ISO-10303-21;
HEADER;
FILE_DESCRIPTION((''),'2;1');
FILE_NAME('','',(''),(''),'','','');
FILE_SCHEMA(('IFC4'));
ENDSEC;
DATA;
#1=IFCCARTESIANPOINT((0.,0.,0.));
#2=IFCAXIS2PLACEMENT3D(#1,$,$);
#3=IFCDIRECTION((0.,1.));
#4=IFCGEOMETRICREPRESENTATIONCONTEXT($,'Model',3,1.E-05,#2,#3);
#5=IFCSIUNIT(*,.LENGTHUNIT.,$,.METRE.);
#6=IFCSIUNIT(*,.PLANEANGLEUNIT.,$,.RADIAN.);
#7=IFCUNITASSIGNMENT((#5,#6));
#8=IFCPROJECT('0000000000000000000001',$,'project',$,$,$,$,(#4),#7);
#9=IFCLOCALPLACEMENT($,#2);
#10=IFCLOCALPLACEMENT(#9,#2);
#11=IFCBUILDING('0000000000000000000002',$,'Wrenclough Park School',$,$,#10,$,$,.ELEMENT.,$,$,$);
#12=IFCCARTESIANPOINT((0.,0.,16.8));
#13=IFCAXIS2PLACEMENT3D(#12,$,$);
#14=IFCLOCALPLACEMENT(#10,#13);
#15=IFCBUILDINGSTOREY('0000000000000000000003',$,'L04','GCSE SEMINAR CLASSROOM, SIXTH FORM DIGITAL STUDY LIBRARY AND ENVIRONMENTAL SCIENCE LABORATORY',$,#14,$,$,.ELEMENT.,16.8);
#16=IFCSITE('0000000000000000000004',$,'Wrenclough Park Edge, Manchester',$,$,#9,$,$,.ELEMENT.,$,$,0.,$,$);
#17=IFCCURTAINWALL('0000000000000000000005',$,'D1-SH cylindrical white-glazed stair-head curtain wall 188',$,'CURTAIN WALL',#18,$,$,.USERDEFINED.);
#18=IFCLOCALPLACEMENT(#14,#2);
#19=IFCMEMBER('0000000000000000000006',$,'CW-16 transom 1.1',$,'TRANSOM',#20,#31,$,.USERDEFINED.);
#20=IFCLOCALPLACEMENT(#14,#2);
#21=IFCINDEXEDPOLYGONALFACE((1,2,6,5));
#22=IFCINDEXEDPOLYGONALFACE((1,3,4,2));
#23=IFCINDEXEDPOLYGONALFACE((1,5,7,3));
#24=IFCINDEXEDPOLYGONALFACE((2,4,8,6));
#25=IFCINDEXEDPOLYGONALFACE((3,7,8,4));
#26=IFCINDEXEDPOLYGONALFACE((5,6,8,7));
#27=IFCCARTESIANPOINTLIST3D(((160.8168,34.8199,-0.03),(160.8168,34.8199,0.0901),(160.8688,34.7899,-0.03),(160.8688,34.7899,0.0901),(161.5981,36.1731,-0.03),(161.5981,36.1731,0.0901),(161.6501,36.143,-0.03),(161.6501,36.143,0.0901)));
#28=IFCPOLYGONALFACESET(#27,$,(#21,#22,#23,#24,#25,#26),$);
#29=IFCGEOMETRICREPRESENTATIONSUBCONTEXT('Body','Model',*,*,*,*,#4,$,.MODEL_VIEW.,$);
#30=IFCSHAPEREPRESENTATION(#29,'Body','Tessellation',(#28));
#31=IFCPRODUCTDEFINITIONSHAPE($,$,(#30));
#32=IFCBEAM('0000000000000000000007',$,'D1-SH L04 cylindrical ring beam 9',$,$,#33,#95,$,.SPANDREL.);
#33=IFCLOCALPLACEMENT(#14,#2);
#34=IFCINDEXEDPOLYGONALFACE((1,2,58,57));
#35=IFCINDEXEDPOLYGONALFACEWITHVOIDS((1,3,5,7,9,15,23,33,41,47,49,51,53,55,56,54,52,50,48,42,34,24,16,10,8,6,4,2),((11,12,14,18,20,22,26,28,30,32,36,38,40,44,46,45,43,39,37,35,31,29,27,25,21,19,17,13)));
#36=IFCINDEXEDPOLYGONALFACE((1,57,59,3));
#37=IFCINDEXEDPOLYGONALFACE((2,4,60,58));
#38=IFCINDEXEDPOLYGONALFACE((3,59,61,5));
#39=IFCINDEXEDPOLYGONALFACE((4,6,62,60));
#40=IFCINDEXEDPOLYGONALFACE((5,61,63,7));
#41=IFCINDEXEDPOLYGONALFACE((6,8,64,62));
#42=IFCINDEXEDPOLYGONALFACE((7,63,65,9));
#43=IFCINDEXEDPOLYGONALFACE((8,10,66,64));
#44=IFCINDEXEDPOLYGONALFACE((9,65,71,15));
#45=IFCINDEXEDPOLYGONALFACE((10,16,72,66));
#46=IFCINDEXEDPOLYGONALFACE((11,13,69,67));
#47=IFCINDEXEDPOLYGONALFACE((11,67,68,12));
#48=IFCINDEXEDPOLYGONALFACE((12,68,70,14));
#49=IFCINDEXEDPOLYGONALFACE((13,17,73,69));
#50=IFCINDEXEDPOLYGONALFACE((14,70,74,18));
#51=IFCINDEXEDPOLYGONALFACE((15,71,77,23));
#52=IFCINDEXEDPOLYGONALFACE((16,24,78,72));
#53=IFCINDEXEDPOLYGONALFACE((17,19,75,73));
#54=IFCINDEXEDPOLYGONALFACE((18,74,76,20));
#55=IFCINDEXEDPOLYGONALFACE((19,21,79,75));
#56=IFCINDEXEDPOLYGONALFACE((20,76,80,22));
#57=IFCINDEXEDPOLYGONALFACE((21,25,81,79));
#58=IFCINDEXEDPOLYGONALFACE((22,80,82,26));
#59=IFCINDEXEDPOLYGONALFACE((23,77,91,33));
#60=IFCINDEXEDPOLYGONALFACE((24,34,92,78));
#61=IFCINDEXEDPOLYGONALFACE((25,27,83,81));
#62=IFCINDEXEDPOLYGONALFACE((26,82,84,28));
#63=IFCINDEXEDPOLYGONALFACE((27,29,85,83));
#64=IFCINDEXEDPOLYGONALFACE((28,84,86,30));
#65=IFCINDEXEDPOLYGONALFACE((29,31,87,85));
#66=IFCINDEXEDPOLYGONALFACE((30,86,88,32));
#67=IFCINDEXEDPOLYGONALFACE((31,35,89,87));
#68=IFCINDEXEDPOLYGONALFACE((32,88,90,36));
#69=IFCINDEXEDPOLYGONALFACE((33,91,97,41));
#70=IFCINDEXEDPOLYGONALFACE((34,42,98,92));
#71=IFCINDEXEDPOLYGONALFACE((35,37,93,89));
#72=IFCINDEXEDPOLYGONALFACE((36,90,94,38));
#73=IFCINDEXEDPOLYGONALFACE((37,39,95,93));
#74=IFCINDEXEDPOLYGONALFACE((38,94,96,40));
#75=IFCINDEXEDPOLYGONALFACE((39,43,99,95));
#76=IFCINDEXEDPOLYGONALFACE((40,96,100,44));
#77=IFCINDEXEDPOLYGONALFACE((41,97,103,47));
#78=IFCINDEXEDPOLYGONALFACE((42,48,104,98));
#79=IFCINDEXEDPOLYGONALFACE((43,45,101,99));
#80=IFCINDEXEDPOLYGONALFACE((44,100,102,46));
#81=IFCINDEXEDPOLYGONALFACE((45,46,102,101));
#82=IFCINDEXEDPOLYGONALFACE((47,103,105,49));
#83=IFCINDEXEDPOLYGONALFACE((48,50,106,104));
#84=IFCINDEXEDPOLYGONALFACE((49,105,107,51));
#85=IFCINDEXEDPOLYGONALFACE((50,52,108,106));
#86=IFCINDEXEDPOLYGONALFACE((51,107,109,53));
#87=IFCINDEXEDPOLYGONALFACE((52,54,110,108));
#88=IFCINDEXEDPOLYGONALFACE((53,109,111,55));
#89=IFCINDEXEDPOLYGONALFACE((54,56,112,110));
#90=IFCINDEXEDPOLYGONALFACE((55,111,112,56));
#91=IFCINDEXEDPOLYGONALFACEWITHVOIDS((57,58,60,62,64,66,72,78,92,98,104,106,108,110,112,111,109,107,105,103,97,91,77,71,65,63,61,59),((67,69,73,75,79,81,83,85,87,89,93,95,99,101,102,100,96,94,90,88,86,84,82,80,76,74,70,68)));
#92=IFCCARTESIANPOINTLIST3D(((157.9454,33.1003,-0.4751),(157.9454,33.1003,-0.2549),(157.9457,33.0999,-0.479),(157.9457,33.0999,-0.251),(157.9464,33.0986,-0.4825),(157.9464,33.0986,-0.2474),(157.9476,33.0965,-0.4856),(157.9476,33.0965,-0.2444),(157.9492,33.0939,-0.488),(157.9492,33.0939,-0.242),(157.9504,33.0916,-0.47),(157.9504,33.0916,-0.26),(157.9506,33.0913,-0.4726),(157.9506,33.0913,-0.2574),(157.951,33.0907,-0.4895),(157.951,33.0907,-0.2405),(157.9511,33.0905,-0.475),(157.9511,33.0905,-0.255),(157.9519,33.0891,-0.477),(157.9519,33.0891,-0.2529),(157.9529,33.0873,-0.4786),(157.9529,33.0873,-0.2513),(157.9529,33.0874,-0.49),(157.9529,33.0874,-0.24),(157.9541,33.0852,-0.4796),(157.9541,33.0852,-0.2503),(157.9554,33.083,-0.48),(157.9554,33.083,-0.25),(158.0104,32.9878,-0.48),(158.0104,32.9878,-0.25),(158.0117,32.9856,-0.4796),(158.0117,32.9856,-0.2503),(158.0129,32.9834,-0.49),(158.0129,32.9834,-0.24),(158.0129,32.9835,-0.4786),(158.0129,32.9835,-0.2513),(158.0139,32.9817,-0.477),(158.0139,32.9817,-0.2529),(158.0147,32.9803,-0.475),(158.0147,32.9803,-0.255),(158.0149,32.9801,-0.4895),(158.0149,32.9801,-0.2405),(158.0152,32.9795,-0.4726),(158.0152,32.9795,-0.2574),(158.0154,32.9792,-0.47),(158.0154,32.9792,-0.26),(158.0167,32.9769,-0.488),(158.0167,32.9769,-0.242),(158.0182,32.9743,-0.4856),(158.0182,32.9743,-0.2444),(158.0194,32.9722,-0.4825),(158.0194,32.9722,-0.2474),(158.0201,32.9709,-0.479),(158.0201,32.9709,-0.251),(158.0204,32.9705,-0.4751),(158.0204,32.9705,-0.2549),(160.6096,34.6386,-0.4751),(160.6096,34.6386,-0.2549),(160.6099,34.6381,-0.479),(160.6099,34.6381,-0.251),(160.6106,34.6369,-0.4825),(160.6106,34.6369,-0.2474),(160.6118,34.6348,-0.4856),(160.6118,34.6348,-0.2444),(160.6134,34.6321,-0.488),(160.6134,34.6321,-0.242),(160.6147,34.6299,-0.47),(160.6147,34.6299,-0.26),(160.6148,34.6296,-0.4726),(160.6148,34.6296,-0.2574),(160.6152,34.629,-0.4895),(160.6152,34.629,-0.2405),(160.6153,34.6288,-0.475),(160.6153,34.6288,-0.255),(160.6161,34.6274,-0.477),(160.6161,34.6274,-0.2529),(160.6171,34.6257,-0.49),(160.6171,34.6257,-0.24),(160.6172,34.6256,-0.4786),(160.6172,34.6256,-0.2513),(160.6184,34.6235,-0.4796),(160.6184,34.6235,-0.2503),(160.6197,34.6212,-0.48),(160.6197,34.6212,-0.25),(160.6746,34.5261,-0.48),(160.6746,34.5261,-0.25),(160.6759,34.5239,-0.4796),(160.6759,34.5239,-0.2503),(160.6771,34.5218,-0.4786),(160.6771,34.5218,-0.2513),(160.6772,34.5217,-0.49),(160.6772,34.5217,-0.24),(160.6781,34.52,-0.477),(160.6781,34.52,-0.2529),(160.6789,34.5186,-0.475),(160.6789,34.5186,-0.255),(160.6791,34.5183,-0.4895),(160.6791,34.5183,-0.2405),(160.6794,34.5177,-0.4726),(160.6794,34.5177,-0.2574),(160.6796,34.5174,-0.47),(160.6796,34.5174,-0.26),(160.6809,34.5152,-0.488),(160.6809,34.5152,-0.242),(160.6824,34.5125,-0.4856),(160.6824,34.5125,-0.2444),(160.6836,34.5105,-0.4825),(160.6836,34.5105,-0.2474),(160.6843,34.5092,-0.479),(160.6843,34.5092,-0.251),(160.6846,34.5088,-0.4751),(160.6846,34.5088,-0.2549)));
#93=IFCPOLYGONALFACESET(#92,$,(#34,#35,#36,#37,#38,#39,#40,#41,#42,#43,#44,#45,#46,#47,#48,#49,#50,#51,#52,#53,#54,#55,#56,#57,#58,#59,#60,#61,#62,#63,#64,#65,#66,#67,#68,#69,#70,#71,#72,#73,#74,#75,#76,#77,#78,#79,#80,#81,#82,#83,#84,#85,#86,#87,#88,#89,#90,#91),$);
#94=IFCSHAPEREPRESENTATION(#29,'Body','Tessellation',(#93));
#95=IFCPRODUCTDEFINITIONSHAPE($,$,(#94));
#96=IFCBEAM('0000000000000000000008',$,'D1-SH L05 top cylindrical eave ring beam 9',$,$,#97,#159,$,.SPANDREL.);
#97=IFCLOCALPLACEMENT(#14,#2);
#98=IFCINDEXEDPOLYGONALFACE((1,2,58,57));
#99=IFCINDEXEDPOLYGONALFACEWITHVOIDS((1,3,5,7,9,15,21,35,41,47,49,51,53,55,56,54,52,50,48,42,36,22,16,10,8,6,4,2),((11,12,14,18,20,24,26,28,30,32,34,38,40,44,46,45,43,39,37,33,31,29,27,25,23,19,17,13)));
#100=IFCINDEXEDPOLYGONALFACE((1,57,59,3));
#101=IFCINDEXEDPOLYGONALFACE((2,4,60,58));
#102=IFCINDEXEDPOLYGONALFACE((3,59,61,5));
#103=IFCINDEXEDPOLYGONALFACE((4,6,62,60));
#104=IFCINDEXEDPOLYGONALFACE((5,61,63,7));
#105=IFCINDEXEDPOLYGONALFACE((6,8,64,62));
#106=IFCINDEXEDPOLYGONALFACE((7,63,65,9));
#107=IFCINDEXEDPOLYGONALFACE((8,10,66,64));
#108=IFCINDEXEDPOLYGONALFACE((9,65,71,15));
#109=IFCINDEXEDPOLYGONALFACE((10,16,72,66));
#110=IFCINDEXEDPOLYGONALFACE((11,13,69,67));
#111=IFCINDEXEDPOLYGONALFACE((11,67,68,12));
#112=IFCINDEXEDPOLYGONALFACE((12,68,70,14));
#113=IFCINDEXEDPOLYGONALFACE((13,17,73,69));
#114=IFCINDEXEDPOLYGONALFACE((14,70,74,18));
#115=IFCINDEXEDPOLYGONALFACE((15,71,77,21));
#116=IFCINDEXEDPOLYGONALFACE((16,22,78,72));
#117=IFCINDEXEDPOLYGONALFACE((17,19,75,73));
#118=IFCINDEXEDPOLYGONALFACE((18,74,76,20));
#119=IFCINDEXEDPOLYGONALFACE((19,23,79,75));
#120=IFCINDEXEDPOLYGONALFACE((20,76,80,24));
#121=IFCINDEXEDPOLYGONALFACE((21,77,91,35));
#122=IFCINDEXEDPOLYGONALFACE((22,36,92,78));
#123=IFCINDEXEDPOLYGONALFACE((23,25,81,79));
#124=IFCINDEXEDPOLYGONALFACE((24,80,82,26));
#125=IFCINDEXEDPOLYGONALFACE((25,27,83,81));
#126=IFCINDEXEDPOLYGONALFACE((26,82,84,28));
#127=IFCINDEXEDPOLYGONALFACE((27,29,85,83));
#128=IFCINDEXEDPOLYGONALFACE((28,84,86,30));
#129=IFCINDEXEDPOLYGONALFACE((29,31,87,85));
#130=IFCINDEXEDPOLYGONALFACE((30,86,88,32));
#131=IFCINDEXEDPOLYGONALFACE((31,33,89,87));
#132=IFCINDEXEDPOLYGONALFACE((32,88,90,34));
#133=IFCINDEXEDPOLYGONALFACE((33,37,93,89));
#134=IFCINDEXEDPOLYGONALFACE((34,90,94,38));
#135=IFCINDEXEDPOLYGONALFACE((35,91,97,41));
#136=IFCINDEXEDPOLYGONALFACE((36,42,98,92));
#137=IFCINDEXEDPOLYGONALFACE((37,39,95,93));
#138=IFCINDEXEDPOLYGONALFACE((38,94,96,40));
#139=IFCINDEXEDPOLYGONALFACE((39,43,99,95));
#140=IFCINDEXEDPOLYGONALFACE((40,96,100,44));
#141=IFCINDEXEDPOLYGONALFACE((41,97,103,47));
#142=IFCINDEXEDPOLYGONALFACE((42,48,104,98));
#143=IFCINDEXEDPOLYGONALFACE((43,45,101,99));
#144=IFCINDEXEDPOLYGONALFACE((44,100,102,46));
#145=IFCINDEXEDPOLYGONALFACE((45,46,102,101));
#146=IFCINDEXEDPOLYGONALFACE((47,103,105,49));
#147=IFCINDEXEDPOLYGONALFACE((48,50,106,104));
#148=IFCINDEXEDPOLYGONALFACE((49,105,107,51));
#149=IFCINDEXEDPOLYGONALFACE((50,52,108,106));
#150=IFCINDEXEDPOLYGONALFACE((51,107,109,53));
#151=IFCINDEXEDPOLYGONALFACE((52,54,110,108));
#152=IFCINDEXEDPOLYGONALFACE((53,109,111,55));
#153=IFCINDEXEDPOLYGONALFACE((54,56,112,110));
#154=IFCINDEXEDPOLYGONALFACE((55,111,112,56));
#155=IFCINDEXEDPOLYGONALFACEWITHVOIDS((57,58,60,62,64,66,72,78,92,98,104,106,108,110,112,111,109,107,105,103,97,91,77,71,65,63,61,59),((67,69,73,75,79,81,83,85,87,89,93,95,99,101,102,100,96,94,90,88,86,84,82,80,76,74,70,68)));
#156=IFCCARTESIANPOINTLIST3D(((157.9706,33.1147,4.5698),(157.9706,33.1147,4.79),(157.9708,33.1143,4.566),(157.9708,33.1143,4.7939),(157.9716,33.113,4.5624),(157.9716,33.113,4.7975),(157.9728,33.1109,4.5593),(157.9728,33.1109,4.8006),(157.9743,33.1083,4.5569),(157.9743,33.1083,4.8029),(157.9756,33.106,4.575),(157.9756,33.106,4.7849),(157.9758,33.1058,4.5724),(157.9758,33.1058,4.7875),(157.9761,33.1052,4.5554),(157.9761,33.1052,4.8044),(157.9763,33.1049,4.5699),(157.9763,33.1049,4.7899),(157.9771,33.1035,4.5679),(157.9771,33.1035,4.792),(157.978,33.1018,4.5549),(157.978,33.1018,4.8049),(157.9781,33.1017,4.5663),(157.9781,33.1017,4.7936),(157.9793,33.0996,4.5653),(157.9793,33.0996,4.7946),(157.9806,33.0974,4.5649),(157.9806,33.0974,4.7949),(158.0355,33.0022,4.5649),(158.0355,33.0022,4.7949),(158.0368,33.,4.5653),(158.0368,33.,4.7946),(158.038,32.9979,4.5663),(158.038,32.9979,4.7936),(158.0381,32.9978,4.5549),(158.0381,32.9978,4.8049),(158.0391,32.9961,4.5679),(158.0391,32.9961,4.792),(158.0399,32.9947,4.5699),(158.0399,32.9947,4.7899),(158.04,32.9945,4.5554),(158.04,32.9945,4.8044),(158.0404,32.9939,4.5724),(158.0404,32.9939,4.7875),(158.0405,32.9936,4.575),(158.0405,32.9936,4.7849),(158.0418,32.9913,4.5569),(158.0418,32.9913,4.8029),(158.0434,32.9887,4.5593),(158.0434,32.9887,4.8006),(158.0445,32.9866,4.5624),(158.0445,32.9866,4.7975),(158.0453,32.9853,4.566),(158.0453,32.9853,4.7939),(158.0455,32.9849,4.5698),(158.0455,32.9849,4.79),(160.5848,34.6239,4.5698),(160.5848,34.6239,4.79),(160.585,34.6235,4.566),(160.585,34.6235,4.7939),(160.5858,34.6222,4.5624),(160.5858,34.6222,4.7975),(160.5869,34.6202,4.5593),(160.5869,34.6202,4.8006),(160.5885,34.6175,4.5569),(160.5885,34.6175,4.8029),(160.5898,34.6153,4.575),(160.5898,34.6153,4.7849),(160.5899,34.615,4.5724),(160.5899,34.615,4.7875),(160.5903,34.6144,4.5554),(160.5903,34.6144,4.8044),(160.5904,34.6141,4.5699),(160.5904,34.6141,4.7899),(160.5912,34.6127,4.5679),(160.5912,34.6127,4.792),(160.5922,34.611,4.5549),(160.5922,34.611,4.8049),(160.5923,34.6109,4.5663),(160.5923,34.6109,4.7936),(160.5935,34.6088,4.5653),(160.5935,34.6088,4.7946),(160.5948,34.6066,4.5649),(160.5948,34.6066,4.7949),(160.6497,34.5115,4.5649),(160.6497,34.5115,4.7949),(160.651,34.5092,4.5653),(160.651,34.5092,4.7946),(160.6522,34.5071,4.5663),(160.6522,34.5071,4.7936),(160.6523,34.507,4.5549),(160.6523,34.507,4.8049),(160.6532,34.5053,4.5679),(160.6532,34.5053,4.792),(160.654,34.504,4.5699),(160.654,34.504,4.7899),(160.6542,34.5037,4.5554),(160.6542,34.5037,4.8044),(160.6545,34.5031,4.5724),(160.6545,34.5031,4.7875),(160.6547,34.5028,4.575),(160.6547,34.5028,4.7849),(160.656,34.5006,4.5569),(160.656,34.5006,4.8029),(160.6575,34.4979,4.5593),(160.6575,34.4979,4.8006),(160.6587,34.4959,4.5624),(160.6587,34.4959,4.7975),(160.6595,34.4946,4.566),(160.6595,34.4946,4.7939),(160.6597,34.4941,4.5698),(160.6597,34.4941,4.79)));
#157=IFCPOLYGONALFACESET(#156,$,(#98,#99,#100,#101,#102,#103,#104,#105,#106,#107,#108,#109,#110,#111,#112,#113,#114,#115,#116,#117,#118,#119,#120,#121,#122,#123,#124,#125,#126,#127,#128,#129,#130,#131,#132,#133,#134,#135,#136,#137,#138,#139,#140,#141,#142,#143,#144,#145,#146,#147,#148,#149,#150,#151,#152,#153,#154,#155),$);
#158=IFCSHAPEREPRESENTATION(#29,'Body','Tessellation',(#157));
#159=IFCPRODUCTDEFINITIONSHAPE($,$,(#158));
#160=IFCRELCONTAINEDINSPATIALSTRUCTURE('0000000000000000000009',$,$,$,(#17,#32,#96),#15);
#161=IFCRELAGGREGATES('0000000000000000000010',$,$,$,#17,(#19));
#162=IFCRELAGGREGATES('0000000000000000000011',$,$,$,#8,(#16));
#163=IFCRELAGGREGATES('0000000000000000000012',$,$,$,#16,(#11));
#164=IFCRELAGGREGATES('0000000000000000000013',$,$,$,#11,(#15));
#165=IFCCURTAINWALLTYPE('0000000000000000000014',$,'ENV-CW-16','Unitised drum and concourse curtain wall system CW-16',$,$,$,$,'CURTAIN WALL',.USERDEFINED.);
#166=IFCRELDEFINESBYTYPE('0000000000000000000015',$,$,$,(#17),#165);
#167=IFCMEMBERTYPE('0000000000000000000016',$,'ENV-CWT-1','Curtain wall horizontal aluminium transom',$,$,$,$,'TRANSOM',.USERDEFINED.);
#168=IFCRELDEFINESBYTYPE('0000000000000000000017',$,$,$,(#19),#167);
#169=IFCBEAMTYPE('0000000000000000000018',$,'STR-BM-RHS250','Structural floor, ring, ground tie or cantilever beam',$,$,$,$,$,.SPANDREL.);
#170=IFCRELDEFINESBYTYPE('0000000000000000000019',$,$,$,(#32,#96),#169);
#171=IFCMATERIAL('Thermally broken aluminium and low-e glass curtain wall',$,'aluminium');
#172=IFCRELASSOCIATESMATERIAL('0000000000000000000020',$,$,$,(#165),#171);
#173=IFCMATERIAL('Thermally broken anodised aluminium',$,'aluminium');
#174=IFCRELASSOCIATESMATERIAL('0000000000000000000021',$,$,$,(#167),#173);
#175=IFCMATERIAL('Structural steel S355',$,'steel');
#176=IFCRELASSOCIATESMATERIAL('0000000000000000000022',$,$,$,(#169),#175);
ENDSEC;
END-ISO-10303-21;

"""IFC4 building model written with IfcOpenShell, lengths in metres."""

from ifc_helpers import new_model, si_unit, direction, frame, origin, origin_2d, place, context, subcontext, project, spatial, rectangle, hollow_rectangle, extrude, material, material_profile, profile_set, type_object, element, aggregate, save


model = new_model("IFC4")

# Units and contexts
model_context = context("Model", 3, precision=1e-05, world=origin(), true_north=direction((0.0, 1.0)))
body_context = subcontext(model_context, "Body", "Model", "MODEL_VIEW")
ifc_project = project(units=[si_unit("LENGTHUNIT", "METRE"), si_unit("PLANEANGLEUNIT", "RADIAN")], contexts=[model_context])

# Site, building, storey
site_placement = place(None, origin())
site = spatial("IfcSite", under=ifc_project, at=site_placement, Name="Wrenclough Park Edge, Manchester", CompositionType="ELEMENT", RefElevation=0.0)
building_placement = place(site_placement, origin())
building = spatial("IfcBuilding", under=site, at=building_placement, Name="Wrenclough Park School", CompositionType="ELEMENT")
storey_placement = place(building_placement, frame((0.0, 0.0, 16.8)))
storey = spatial("IfcBuildingStorey", under=building, at=storey_placement, Name="L04", Description="GCSE SEMINAR CLASSROOM, SIXTH FORM DIGITAL STUDY LIBRARY AND ENVIRONMENTAL SCIENCE LABORATORY", CompositionType="ELEMENT", Elevation=16.8)

# Shared definitions
ifc_material_1 = material(Name="Structural steel S355", Category="steel")

# Shared definitions
ifc_material_2 = material(Name="Thermally broken aluminium and low-e glass curtain wall", Category="aluminium")
curtain_wall_type = type_object("IfcCurtainWallType", Name="ENV-CW-16", Description="Unitised drum and concourse curtain wall system CW-16", ElementType="CURTAIN WALL", PredefinedType="USERDEFINED", material=ifc_material_2)
ifc_material_3 = material(Name="Thermally broken anodised aluminium", Category="aluminium")

# Curtain wall
curtain_wall_1_placement = place(storey_placement, origin())
curtain_wall_1 = element("IfcCurtainWall", 1, at=curtain_wall_1_placement, inside=storey, type_object=curtain_wall_type, Name="D1-SH cylindrical white-glazed stair-head curtain wall 188", ObjectType="CURTAIN WALL", PredefinedType="USERDEFINED")

# Member
ifc_material_profile_1 = material_profile(ifc_material_3, rectangle(XDim=0.0601, YDim=0.1201, at=origin_2d()), Name="AL TRANSOM 60x120")
ifc_profile_set_1 = profile_set([ifc_material_profile_1], Name="Thermally broken anodised aluminium")
member_type_1 = type_object("IfcMemberType", Name="ENV-CWT-1", Description="Curtain wall horizontal aluminium transom", ElementType="TRANSOM", PredefinedType="USERDEFINED", material=ifc_profile_set_1)
member_1_placement = place(storey_placement, frame((160.8428, 34.8049, 0.03), z_axis=(0.500038, 0.866003, 0.0), x_axis=(-0.866003, 0.500038, 0.0)))
member_1 = element("IfcMember", 2, at=member_1_placement, type_object=member_type_1, Name="CW-16 transom 1.1", ObjectType="TRANSOM", PredefinedType="USERDEFINED", context=body_context, shape_type="SweptSolid", body=[
    extrude(rectangle(XDim=0.0601, YDim=0.1201, at=origin_2d()), origin(), (0.0, 0.0, 1.0), 1.5625),
])
aggregate(curtain_wall_1, [member_1])

# Beams
ifc_material_profile_2 = material_profile(ifc_material_1, hollow_rectangle(XDim=0.1499, YDim=0.25, WallThickness=0.01, InnerFilletRadius=0.01, OuterFilletRadius=0.0149, at=origin_2d()), Name="RHS 250x150x10.0")
ifc_profile_set_2 = profile_set([ifc_material_profile_2], Name="Structural steel S355")
beam_type = type_object("IfcBeamType", Name="STR-BM-RHS250", Description="Structural floor, ring, ground tie or cantilever beam", PredefinedType="SPANDREL", material=ifc_profile_set_2)
beam_1_placement = place(storey_placement, frame((157.9829, 33.0354, -0.365), z_axis=(0.866012, 0.500022, 0.0), x_axis=(-0.500022, 0.866012, 0.0)))
element("IfcBeam", 3, at=beam_1_placement, inside=storey, type_object=beam_type, Name="D1-SH L04 cylindrical ring beam 9", PredefinedType="SPANDREL", context=body_context, shape_type="SweptSolid", body=[
    extrude(hollow_rectangle(XDim=0.1499, YDim=0.25, WallThickness=0.01, InnerFilletRadius=0.01, OuterFilletRadius=0.0149, at=origin_2d()), origin(), (0.0, 0.0, 1.0), 3.0764),
])
beam_2_placement = place(storey_placement, frame((158.0081, 33.0498, 4.6799), z_axis=(0.866035, 0.499984, 0.0), x_axis=(-0.499984, 0.866035, 0.0)))
element("IfcBeam", 4, at=beam_2_placement, inside=storey, type_object=beam_type, Name="D1-SH L05 top cylindrical eave ring beam 9", PredefinedType="SPANDREL", context=body_context, shape_type="SweptSolid", body=[
    extrude(hollow_rectangle(XDim=0.1499, YDim=0.25, WallThickness=0.01, InnerFilletRadius=0.01, OuterFilletRadius=0.0149, at=origin_2d()), origin(), (0.0, 0.0, 1.0), 3.0186),
])

save(model, "model.ifc")
